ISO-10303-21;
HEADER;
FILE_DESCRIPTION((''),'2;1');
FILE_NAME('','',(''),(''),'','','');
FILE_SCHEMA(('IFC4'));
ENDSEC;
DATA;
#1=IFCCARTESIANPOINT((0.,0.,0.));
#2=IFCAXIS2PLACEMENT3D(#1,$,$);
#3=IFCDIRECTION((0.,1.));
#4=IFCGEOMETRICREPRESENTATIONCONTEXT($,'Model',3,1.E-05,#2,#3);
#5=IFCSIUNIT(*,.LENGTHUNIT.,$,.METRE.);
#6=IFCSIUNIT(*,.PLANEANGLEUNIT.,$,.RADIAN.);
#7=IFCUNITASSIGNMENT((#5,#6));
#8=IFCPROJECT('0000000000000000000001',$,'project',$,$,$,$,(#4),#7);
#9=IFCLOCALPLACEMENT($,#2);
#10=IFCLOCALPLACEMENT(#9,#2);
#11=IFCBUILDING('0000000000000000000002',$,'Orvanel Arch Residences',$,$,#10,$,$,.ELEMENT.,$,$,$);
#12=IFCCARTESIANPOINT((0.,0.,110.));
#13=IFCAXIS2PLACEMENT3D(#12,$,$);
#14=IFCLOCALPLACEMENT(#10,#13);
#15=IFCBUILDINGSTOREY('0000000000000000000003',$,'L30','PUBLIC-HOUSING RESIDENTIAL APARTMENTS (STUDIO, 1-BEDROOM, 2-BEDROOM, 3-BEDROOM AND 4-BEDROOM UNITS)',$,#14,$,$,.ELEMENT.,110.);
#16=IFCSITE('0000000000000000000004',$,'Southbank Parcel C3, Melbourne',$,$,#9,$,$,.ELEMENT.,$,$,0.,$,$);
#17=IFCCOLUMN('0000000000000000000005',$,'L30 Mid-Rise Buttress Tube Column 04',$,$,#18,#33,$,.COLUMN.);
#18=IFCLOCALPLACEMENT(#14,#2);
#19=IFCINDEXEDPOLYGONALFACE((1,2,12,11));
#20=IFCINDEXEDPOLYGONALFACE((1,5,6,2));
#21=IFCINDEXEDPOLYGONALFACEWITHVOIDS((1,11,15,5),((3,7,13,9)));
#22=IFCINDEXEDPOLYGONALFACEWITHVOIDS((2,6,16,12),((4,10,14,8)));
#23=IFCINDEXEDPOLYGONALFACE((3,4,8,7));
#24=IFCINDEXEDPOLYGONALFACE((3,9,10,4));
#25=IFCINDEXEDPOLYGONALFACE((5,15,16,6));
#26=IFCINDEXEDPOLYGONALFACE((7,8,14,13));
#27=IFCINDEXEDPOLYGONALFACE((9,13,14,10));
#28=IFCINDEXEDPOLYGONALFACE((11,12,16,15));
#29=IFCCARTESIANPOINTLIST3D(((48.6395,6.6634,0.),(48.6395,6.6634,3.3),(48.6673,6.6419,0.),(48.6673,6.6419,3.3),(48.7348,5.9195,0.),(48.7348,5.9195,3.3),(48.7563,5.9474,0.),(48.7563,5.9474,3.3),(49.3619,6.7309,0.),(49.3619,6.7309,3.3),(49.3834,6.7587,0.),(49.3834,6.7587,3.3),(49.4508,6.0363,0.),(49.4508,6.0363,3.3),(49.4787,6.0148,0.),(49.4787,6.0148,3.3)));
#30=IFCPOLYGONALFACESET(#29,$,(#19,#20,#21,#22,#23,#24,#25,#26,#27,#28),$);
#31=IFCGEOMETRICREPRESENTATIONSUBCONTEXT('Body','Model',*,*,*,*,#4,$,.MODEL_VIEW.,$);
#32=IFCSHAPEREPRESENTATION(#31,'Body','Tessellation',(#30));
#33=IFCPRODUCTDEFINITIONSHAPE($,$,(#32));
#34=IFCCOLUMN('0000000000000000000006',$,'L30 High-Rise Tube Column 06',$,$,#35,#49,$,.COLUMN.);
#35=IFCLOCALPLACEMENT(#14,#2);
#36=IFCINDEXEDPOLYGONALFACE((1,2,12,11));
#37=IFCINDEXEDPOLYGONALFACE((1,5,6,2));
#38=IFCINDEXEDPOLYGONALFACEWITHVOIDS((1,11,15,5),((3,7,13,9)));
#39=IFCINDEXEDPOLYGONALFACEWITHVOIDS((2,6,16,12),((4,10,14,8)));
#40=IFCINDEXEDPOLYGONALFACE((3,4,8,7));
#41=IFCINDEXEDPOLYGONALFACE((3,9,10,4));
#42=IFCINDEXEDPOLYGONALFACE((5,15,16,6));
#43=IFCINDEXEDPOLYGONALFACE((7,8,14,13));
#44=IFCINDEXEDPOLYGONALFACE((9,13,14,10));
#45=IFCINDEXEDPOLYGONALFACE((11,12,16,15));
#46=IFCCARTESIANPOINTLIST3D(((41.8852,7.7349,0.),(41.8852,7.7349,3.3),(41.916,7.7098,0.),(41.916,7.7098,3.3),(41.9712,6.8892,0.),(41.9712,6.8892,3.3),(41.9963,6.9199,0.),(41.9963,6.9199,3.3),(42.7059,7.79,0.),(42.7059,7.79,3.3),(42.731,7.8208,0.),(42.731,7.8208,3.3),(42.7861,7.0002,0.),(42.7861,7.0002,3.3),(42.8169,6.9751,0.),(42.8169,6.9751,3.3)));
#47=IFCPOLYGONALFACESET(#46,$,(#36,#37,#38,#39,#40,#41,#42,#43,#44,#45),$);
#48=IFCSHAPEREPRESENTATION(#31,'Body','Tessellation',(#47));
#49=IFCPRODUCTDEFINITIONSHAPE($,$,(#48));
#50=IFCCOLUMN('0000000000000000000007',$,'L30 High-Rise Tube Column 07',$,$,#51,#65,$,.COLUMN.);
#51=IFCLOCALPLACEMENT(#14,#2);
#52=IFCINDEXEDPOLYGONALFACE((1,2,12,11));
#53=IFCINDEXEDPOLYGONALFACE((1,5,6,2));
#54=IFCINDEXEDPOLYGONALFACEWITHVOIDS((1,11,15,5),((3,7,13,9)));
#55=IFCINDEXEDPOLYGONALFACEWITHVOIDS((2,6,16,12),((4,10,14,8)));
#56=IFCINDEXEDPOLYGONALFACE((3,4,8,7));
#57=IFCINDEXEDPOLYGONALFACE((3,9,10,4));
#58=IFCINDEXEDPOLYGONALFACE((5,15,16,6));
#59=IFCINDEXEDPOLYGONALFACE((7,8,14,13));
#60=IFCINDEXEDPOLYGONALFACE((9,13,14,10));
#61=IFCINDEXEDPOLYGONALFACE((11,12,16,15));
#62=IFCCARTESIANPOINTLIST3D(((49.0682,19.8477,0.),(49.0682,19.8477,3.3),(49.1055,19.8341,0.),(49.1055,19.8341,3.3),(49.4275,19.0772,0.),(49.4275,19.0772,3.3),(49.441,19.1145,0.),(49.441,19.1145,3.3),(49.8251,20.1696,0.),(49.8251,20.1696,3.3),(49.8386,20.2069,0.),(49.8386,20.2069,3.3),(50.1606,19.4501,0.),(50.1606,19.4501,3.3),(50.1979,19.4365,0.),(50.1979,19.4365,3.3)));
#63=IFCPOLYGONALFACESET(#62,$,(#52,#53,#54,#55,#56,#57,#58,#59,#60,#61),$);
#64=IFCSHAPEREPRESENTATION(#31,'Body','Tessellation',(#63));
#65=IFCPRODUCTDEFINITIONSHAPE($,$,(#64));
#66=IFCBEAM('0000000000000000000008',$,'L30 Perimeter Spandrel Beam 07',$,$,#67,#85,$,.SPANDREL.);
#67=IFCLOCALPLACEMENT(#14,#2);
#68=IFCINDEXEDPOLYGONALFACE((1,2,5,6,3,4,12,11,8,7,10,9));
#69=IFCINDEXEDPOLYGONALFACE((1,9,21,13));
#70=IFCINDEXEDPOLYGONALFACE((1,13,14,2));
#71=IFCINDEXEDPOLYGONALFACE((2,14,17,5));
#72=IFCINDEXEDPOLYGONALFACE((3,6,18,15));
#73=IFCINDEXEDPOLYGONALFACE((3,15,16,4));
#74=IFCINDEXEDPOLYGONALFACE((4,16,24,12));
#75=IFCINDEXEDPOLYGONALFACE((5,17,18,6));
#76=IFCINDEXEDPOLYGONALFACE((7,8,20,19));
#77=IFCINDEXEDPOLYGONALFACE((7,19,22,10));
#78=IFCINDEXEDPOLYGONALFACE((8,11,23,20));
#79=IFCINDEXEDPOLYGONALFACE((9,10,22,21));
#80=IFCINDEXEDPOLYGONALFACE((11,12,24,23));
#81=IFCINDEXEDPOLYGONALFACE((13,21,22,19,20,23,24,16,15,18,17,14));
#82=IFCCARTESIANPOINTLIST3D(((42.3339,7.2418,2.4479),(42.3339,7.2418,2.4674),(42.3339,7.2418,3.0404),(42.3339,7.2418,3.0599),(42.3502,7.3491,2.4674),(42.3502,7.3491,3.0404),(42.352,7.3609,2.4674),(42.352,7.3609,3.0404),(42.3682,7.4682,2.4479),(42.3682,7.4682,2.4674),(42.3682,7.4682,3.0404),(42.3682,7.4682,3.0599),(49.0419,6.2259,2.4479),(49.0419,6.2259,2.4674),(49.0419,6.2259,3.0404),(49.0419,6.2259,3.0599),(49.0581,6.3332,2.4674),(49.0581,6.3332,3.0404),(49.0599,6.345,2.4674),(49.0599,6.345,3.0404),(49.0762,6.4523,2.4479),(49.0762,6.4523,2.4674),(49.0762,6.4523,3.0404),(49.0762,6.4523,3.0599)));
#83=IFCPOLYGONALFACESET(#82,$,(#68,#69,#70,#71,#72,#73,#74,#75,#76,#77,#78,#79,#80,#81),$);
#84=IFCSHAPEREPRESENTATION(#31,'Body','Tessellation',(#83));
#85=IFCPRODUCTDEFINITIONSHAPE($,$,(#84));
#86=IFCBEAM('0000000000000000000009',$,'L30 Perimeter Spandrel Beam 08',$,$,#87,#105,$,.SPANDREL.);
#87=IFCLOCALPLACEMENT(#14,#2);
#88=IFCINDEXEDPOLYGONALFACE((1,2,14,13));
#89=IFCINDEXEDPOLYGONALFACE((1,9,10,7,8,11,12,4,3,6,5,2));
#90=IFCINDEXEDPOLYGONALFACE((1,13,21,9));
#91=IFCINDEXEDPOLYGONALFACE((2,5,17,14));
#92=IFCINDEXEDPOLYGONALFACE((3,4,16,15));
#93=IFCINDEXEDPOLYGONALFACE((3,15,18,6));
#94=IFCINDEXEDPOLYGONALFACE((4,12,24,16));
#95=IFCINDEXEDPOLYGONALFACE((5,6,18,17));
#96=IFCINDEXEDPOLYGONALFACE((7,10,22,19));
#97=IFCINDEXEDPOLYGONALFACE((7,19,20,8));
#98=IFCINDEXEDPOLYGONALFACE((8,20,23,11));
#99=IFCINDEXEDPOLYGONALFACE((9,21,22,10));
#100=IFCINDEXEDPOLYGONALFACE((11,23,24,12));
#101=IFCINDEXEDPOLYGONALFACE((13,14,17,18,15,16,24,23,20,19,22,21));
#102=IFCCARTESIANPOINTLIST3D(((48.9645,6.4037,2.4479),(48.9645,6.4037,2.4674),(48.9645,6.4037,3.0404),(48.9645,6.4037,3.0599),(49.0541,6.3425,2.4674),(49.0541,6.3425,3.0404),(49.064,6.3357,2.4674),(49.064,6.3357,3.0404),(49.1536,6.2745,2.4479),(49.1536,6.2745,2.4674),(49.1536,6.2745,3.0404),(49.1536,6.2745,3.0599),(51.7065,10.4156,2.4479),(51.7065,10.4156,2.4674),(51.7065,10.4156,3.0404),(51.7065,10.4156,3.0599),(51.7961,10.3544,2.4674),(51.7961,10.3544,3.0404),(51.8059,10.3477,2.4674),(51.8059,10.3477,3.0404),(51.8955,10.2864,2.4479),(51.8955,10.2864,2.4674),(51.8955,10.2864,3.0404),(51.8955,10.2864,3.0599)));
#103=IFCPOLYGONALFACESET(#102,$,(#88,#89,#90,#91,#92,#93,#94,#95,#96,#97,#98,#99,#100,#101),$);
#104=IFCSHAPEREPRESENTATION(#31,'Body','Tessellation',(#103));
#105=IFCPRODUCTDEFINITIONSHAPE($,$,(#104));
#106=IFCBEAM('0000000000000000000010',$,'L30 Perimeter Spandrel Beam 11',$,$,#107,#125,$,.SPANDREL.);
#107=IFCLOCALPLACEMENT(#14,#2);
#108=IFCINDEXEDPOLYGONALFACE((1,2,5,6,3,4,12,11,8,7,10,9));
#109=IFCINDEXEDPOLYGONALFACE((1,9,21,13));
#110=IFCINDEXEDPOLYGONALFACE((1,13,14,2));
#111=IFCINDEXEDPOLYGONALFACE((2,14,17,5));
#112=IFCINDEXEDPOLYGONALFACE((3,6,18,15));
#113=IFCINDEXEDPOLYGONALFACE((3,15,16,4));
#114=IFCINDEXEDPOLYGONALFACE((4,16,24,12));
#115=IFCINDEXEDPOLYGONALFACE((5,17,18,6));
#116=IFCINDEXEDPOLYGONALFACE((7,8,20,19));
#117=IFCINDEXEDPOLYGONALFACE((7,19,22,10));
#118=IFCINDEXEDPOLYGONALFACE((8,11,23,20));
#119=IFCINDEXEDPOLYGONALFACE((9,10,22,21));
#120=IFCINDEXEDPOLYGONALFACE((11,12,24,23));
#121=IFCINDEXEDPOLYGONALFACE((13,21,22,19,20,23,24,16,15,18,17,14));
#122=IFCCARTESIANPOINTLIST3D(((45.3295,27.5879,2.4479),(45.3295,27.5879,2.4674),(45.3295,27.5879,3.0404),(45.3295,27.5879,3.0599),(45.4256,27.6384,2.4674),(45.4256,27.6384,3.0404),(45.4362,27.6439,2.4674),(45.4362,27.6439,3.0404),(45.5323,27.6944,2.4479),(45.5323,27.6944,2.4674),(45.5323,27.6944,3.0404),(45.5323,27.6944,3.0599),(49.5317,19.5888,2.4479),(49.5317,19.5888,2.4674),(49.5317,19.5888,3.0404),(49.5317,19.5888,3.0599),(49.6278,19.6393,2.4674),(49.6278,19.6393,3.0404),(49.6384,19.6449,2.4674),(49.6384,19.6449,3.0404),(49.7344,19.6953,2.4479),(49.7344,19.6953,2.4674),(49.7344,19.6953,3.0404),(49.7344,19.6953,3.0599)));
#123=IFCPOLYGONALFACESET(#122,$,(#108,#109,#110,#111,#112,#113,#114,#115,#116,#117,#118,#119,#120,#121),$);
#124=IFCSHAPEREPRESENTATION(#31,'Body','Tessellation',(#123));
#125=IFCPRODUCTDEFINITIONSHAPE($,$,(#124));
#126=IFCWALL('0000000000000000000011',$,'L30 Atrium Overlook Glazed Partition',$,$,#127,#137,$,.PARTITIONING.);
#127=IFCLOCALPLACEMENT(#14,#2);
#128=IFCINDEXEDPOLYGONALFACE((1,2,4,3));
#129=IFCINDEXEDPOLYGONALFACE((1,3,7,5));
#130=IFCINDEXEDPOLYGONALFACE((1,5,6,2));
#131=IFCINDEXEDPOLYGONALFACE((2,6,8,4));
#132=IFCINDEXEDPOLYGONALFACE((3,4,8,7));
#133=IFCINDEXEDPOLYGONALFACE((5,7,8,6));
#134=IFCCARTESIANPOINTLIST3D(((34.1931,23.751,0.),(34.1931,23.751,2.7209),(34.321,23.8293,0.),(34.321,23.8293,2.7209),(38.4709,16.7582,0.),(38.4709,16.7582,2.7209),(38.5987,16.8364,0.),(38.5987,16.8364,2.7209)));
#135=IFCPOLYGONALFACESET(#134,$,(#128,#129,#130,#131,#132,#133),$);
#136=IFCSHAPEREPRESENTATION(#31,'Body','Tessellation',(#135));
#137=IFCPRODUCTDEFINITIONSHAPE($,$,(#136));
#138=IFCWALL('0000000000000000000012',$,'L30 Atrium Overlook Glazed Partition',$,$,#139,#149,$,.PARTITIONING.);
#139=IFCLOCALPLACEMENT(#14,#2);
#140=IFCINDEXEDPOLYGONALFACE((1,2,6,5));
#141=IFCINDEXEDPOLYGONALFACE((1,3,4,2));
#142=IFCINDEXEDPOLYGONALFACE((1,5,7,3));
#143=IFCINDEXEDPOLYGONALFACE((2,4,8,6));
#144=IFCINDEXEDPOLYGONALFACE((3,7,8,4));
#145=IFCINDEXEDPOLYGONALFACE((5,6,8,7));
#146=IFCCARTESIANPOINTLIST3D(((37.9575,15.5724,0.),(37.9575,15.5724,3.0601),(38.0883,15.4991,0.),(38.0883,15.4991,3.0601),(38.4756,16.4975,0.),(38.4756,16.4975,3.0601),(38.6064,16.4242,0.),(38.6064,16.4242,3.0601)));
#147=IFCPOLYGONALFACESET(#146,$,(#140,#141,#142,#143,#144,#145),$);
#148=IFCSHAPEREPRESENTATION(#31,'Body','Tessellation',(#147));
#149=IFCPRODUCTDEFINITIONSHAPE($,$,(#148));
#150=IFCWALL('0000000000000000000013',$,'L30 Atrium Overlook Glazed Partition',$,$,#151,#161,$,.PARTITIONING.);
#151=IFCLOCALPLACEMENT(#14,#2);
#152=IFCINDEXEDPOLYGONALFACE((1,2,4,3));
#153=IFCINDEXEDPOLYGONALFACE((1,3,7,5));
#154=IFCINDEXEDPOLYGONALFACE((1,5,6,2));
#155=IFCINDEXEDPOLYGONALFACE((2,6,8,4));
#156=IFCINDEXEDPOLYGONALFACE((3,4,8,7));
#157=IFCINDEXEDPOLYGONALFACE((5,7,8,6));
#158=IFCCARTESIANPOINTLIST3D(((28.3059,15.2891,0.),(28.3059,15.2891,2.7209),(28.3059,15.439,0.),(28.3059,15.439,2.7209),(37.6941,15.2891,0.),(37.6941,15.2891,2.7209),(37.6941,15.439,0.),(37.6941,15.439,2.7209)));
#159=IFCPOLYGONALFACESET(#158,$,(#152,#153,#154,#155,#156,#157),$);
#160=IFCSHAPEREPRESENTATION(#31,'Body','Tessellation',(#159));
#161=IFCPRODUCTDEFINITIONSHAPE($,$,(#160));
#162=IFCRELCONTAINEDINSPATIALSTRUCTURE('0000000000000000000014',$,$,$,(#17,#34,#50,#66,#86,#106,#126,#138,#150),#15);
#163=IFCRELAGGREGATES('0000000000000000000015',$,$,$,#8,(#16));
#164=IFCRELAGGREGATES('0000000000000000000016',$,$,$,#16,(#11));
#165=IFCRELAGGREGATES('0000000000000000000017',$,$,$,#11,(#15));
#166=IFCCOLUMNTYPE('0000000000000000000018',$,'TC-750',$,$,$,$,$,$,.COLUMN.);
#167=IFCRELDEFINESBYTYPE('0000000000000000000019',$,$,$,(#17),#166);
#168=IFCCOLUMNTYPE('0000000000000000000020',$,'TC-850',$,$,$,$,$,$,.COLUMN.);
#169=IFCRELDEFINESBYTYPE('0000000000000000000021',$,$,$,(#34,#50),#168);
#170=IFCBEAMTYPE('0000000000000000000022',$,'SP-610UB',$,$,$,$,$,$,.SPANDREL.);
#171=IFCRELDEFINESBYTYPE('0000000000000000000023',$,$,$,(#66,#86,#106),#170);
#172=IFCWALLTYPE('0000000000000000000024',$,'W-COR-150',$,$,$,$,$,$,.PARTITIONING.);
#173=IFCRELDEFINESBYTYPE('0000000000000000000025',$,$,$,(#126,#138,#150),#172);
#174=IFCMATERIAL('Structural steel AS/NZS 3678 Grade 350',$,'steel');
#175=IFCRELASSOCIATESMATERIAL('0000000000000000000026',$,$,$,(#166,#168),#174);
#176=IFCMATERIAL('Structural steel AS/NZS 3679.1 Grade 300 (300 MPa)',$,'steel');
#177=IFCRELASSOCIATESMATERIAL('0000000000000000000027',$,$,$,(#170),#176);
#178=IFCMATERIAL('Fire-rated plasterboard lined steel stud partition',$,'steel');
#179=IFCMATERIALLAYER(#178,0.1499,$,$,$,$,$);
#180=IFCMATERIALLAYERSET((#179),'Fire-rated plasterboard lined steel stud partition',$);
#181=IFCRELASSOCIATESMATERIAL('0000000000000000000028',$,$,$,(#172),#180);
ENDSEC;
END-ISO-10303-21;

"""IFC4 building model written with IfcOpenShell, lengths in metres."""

from ifc_helpers import new_model, si_unit, direction, frame, frame_2d, origin, origin_2d, place, context, subcontext, project, spatial, rectangle, hollow_rectangle, i_section, extrude, material, layer, layer_set, material_profile, profile_set, type_object, element, save


model = new_model("IFC4")

# Units and contexts
model_context = context("Model", 3, precision=1e-05, world=origin(), true_north=direction((0.0, 1.0)))
body_context = subcontext(model_context, "Body", "Model", "MODEL_VIEW")
ifc_project = project(units=[si_unit("LENGTHUNIT", "METRE"), si_unit("PLANEANGLEUNIT", "RADIAN")], contexts=[model_context])

# Site, building, storey
site_placement = place(None, origin())
site = spatial("IfcSite", under=ifc_project, at=site_placement, Name="Southbank Parcel C3, Melbourne", CompositionType="ELEMENT", RefElevation=0.0)
building_placement = place(site_placement, origin())
building = spatial("IfcBuilding", under=site, at=building_placement, Name="Orvanel Arch Residences", CompositionType="ELEMENT")
storey_placement = place(building_placement, frame((0.0, 0.0, 110.0)))
storey = spatial("IfcBuildingStorey", under=building, at=storey_placement, Name="L30", Description="PUBLIC-HOUSING RESIDENTIAL APARTMENTS (STUDIO, 1-BEDROOM, 2-BEDROOM, 3-BEDROOM AND 4-BEDROOM UNITS)", CompositionType="ELEMENT", Elevation=110.0)

# Columns
ifc_material_1 = material(Name="Structural steel AS/NZS 3678 Grade 350", Category="steel")
ifc_material_profile_1 = material_profile(ifc_material_1, hollow_rectangle(XDim=0.75, YDim=0.75, WallThickness=0.0249, at=origin_2d()), Name="BOX750x750x25")
ifc_profile_set_1 = profile_set([ifc_material_profile_1], Name="Structural steel AS/NZS 3678 Grade 350")
column_type_1 = type_object("IfcColumnType", Name="TC-750", PredefinedType="COLUMN", material=ifc_profile_set_1)
column_placement = place(storey_placement, frame((49.0591, 6.3391, 0.0), z_axis=(0.0, 0.0, 1.0), x_axis=(0.991894, 0.127065, 0.0)))
element("IfcColumn", 1, at=column_placement, inside=storey, type_object=column_type_1, Name="L30 Mid-Rise Buttress Tube Column 04", PredefinedType="COLUMN", context=body_context, shape_type="SweptSolid", body=[
    extrude(hollow_rectangle(XDim=0.75, YDim=0.75, WallThickness=0.0249, at=origin_2d()), origin(), (0.0, 0.0, 1.0), 3.3),
])
ifc_material_profile_2 = material_profile(ifc_material_1, hollow_rectangle(XDim=0.8501, YDim=0.8501, WallThickness=0.0281, at=origin_2d()), Name="BOX850x850x28")
ifc_profile_set_2 = profile_set([ifc_material_profile_2], Name="Structural steel AS/NZS 3678 Grade 350")
column_type_2 = type_object("IfcColumnType", Name="TC-850", PredefinedType="COLUMN", material=ifc_profile_set_2)
for number, where, z_axis, x_axis, name in (
    (2, (42.3511, 7.355, 0.0), (0.0, 0.0, 1.0), (0.994881, 0.101056, 0.0), "L30 High-Rise Tube Column 06"),
    (3, (49.6331, 19.6421, 0.0), (0.0, 0.0, 1.0), (-0.422618, 0.906308, 0.0), "L30 High-Rise Tube Column 07"),
):
    element("IfcColumn", number, at=place(storey_placement, frame(where, z_axis=z_axis, x_axis=x_axis)), inside=storey, type_object=column_type_2, Name=name, PredefinedType="COLUMN", context=body_context, shape_type="SweptSolid", body=[
        extrude(hollow_rectangle(XDim=0.8501, YDim=0.8501, WallThickness=0.0281, at=origin_2d()), origin(), (0.0, 0.0, 1.0), 3.3),
    ])

# Beams
ifc_material_2 = material(Name="Structural steel AS/NZS 3679.1 Grade 300 (300 MPa)", Category="steel")
ifc_material_profile_3 = material_profile(ifc_material_2, i_section(OverallWidth=0.229, OverallDepth=0.6121, WebThickness=0.012, FlangeThickness=0.0195, at=origin_2d()), Name="610UB125")
ifc_profile_set_3 = profile_set([ifc_material_profile_3], Name="Structural steel AS/NZS 3679.1 Grade 300 (300 MPa)")
beam_type = type_object("IfcBeamType", Name="SP-610UB", PredefinedType="SPANDREL", material=ifc_profile_set_3)
beam_1_placement = place(storey_placement, frame((42.3511, 7.355, 2.7539), z_axis=(0.988726, -0.149734, 0.0), x_axis=(0.149734, 0.988726, 0.0)))
element("IfcBeam", 4, at=beam_1_placement, inside=storey, type_object=beam_type, Name="L30 Perimeter Spandrel Beam 07", PredefinedType="SPANDREL", context=body_context, shape_type="SweptSolid", body=[
    extrude(i_section(OverallWidth=0.229, OverallDepth=0.6121, WebThickness=0.012, FlangeThickness=0.0195, at=origin_2d()), origin(), (0.0, 0.0, 1.0), 6.7844),
])
beam_2_placement = place(storey_placement, frame((49.0591, 6.3391, 2.7539), z_axis=(0.564252, 0.825603, 0.0), x_axis=(-0.825603, 0.564252, 0.0)))
element("IfcBeam", 5, at=beam_2_placement, inside=storey, type_object=beam_type, Name="L30 Perimeter Spandrel Beam 08", PredefinedType="SPANDREL", context=body_context, shape_type="SweptSolid", body=[
    extrude(i_section(OverallWidth=0.229, OverallDepth=0.6121, WebThickness=0.012, FlangeThickness=0.0195, at=origin_2d()), origin(), (0.0, 0.0, 1.0), 4.8594),
])
beam_3_placement = place(storey_placement, frame((49.6331, 19.6421, 2.7539), z_axis=(-0.465065, 0.885277, 0.0), x_axis=(-0.885277, -0.465065, 0.0)))
element("IfcBeam", 6, at=beam_3_placement, inside=storey, type_object=beam_type, Name="L30 Perimeter Spandrel Beam 11", PredefinedType="SPANDREL", context=body_context, shape_type="SweptSolid", body=[
    extrude(i_section(OverallWidth=0.229, OverallDepth=0.6121, WebThickness=0.012, FlangeThickness=0.0195, at=origin_2d()), origin(), (0.0, 0.0, 1.0), 9.0356),
])

# Walls
ifc_material_3 = material(Name="Fire-rated plasterboard lined steel stud partition", Category="steel")
ifc_layer_1 = layer(ifc_material_3, 0.1499)
ifc_layer_set_1 = layer_set([ifc_layer_1], Name="Fire-rated plasterboard lined steel stud partition")
wall_type_1 = type_object("IfcWallType", Name="W-COR-150", PredefinedType="PARTITIONING", material=ifc_layer_set_1)
wall_1_placement = place(storey_placement, frame((34.2571, 23.79, 0.0), z_axis=(0.0, 0.0, 1.0), x_axis=(0.521839, -0.853044, 0.0)))
element("IfcWall", 7, at=wall_1_placement, inside=storey, type_object=wall_type_1, Name="L30 Atrium Overlook Glazed Partition", PredefinedType="PARTITIONING", context=body_context, shape_type="SweptSolid", body=[
    extrude(rectangle(XDim=8.1975, YDim=0.1499, at=frame_2d((4.0986, 0.0))), origin(), (0.0, 0.0, 1.0), 2.7209),
])
wall_2_placement = place(storey_placement, frame((38.541, 16.4609, 0.0), z_axis=(0.0, 0.0, 1.0), x_axis=(-0.488631, -0.87249, 0.0)))
element("IfcWall", 8, at=wall_2_placement, inside=storey, type_object=wall_type_1, Name="L30 Atrium Overlook Glazed Partition", PredefinedType="PARTITIONING", context=body_context, shape_type="SweptSolid", body=[
    extrude(rectangle(XDim=1.0603, YDim=0.1499, at=frame_2d((0.5303, 0.0))), origin(), (0.0, 0.0, 1.0), 3.0601),
])
wall_3_placement = place(storey_placement, frame((37.6941, 15.364, 0.0), z_axis=(0.0, 0.0, 1.0), x_axis=(-1.0, 0.0, 0.0)))
element("IfcWall", 9, at=wall_3_placement, inside=storey, type_object=wall_type_1, Name="L30 Atrium Overlook Glazed Partition", PredefinedType="PARTITIONING", context=body_context, shape_type="SweptSolid", body=[
    extrude(rectangle(XDim=9.3882, YDim=0.1499, at=frame_2d((4.6941, 0.0))), origin(), (0.0, 0.0, 1.0), 2.7209),
])

save(model, "model.ifc")
